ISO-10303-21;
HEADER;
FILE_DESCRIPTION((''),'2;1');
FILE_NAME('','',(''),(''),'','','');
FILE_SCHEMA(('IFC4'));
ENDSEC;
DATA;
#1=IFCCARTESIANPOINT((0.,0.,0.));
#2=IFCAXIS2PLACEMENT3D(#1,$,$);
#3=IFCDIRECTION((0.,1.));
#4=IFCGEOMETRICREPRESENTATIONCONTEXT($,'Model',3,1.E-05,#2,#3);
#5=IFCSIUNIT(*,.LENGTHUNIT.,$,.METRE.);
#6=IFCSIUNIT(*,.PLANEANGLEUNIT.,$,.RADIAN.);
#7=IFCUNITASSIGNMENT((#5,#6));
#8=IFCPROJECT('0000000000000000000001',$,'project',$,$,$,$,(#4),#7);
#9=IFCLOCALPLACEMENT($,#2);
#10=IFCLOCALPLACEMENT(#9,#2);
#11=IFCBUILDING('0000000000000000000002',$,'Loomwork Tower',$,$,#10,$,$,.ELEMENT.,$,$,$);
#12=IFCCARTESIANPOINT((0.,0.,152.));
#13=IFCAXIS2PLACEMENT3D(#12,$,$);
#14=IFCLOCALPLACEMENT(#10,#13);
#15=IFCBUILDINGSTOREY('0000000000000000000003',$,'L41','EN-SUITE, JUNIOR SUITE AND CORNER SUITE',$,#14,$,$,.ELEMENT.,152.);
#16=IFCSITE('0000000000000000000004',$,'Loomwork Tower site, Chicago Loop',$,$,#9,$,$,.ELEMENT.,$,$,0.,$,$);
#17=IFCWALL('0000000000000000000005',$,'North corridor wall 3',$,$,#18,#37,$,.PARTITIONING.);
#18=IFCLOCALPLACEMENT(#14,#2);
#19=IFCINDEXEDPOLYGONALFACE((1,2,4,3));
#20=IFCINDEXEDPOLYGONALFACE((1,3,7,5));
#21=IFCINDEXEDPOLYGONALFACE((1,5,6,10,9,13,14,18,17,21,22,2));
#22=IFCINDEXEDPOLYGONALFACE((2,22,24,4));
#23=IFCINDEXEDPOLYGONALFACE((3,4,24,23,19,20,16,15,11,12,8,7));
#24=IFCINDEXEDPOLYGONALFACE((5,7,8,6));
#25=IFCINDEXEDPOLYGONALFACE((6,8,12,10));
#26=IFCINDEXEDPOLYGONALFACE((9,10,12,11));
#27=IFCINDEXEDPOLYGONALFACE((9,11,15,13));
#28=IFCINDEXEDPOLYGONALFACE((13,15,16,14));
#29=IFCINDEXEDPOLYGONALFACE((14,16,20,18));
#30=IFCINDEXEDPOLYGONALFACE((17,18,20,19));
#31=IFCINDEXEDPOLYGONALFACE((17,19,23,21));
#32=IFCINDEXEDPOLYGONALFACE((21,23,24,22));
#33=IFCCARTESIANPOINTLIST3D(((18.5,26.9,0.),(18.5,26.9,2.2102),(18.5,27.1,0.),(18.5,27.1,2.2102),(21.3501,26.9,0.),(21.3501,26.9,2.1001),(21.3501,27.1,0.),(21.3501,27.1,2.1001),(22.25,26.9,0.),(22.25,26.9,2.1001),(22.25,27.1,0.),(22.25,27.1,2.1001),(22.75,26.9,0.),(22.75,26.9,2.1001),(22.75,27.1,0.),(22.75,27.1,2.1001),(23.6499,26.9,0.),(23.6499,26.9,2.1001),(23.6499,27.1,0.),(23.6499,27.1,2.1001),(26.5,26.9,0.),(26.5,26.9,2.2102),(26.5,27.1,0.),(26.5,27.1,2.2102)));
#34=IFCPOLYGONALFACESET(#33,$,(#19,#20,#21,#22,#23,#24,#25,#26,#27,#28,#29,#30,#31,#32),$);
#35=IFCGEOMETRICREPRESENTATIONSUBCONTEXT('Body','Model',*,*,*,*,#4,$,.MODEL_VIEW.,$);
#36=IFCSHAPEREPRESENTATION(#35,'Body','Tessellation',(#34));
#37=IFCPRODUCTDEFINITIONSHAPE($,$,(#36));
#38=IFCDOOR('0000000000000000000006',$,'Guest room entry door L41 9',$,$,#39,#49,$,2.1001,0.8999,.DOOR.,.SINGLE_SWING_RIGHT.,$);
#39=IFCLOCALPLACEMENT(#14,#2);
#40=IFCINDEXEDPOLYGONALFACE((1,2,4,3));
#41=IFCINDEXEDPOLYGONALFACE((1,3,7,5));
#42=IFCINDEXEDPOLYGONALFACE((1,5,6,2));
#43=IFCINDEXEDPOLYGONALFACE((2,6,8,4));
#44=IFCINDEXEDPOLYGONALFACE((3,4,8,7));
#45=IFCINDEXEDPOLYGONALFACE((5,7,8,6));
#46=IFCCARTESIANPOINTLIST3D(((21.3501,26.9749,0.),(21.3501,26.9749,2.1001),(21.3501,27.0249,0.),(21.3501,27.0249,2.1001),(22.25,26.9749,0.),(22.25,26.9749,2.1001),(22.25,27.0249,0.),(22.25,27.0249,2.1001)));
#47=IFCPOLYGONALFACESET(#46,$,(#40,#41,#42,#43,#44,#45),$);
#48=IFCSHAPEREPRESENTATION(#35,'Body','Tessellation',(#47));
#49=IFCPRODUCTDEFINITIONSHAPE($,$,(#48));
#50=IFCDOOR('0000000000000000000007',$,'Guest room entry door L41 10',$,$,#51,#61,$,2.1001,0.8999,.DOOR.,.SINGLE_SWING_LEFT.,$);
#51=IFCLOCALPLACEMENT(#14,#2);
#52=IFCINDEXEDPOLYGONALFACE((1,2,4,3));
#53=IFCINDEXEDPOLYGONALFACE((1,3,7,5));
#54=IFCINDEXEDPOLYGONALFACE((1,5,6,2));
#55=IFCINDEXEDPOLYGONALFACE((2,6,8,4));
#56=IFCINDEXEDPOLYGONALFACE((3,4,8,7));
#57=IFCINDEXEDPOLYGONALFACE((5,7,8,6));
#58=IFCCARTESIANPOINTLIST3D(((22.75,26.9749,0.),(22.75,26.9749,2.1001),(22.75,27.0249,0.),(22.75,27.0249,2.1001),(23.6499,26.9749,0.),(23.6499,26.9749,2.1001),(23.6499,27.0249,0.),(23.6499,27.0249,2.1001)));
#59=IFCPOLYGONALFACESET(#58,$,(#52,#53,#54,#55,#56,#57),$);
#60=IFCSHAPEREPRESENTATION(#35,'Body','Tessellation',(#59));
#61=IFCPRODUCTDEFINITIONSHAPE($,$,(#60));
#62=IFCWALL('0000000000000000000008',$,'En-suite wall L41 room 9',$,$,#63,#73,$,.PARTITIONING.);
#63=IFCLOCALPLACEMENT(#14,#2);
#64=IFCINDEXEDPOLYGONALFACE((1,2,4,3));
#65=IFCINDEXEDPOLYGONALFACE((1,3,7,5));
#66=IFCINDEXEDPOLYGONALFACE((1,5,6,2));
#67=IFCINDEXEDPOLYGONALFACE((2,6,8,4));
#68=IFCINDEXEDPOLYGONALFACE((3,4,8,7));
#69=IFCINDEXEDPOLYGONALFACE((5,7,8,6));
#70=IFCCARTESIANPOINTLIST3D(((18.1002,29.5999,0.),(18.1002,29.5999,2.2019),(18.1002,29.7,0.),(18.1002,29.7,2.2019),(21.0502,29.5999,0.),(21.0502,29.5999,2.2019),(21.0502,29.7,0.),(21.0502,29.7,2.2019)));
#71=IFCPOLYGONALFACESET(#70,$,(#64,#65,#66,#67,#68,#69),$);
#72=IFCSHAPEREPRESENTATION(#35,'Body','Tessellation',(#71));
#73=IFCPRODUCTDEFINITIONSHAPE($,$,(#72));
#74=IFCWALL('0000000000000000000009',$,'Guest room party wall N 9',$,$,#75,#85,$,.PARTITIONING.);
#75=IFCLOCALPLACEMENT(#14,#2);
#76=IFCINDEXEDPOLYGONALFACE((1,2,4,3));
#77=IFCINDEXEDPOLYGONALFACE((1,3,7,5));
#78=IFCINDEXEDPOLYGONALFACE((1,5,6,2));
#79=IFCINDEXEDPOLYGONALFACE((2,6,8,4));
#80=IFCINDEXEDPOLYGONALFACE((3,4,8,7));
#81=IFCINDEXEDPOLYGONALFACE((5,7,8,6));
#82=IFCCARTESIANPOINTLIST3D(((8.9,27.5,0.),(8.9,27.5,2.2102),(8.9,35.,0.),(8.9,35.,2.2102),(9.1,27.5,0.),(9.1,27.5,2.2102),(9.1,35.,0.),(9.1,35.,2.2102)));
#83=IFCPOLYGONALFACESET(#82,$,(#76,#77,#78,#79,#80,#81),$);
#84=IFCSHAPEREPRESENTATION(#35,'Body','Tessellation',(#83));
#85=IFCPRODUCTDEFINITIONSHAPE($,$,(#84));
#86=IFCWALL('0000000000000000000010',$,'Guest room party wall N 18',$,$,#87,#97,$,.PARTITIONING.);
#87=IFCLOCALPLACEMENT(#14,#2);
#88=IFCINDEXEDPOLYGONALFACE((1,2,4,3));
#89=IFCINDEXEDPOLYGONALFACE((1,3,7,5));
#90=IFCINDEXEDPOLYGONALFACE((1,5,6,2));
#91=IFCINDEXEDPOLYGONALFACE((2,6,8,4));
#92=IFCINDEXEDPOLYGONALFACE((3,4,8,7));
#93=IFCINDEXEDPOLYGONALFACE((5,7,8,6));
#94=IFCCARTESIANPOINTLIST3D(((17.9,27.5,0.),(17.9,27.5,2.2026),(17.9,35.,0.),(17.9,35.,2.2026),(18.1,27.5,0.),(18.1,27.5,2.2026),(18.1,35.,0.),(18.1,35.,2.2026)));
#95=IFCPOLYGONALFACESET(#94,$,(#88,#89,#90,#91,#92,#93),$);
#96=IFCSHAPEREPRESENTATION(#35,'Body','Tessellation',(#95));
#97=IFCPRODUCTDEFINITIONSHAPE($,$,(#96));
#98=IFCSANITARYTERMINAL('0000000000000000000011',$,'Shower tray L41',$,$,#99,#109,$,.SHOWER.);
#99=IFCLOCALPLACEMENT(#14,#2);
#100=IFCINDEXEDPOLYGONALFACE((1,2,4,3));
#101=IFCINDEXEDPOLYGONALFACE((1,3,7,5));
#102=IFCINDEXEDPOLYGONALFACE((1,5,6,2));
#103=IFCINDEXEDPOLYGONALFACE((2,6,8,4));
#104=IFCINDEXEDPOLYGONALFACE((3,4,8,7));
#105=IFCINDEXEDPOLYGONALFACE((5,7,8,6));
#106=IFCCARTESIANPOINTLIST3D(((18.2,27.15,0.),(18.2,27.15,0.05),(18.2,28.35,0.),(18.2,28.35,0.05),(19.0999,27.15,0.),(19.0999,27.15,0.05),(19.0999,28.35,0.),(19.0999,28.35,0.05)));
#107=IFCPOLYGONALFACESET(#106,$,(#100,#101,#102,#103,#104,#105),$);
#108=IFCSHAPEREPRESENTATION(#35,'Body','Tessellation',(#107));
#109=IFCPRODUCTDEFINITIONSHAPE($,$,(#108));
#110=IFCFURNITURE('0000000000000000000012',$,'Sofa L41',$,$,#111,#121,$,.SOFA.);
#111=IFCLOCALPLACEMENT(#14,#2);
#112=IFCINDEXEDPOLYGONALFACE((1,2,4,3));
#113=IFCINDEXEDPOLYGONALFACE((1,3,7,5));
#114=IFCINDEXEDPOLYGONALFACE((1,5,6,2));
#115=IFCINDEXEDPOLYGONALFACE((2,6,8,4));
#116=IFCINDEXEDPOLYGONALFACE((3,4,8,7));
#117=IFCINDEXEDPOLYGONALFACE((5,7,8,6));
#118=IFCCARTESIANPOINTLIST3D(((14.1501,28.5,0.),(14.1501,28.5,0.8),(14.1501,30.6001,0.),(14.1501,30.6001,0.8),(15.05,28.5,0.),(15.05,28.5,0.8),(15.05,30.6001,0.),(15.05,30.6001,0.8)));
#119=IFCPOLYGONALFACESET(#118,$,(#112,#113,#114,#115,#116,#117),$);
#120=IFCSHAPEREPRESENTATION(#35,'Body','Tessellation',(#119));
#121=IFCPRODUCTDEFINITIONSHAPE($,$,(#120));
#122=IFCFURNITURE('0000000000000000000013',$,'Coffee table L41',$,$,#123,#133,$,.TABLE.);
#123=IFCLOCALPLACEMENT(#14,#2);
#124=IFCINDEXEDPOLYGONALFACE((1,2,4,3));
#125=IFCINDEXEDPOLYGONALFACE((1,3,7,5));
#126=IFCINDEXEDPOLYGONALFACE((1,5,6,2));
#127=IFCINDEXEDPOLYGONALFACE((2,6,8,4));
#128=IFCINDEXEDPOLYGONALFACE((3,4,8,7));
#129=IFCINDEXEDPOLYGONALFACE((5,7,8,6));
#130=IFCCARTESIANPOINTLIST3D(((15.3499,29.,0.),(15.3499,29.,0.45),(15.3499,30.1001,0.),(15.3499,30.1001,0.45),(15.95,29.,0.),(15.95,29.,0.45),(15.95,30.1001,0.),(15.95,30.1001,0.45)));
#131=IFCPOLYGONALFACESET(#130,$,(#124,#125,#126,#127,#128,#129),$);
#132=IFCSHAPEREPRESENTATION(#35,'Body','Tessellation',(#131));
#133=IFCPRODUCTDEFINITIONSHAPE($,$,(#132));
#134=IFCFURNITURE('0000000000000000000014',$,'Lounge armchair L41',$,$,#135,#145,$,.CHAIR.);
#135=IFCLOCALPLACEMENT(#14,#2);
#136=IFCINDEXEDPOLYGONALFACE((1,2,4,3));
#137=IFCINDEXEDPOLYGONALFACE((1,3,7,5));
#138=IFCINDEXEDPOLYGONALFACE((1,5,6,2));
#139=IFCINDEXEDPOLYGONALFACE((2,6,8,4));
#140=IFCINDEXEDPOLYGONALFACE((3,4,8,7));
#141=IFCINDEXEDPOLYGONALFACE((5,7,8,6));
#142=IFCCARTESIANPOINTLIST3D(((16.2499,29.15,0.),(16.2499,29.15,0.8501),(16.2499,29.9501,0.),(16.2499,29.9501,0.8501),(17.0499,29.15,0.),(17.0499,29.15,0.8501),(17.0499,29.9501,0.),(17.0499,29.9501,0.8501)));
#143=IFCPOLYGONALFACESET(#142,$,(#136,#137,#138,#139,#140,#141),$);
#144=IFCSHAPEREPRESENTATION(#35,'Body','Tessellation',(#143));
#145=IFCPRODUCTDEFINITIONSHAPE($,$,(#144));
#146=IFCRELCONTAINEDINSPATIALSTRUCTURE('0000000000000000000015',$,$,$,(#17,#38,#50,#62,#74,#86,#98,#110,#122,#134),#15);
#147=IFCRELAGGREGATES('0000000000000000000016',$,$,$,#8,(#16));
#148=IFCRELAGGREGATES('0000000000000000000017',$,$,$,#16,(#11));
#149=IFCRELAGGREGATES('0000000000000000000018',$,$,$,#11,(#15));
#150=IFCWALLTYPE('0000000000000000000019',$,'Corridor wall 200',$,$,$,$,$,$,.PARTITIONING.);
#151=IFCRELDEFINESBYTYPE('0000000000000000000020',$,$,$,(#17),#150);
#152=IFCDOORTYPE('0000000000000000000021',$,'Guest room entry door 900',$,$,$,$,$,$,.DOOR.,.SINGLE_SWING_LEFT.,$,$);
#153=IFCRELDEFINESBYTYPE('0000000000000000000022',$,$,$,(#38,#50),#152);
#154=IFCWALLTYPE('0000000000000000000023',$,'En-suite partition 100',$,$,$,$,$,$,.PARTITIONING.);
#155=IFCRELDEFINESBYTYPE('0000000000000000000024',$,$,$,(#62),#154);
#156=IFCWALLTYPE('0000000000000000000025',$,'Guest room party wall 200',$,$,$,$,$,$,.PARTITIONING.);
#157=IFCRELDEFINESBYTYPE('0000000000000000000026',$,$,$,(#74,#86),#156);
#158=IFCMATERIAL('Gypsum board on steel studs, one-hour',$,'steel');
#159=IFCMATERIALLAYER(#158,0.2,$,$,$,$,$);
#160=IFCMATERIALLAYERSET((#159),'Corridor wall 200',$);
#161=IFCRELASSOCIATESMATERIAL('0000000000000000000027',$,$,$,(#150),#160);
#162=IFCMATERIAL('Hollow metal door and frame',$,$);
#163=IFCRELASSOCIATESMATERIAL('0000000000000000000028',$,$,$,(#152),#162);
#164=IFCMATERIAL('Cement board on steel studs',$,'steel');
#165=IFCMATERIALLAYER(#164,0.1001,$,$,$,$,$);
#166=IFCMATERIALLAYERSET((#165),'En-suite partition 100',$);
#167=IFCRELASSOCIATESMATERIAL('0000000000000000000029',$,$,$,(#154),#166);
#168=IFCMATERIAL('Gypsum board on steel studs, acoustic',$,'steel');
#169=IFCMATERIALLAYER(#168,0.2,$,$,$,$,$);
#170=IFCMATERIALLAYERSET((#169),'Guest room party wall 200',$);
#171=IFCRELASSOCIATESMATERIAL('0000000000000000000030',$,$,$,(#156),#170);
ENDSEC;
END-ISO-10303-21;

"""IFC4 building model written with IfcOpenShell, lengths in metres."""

from ifc_helpers import new_model, si_unit, direction, frame, frame_2d, origin, origin_2d, place, context, subcontext, project, spatial, rectangle, extrude, material, layer, layer_set, type_object, element, fill, save


model = new_model("IFC4")

# Units and contexts
model_context = context("Model", 3, precision=1e-05, world=origin(), true_north=direction((0.0, 1.0)))
body_context = subcontext(model_context, "Body", "Model", "MODEL_VIEW")
ifc_project = project(units=[si_unit("LENGTHUNIT", "METRE"), si_unit("PLANEANGLEUNIT", "RADIAN")], contexts=[model_context])

# Site, building, storey
site_placement = place(None, origin())
site = spatial("IfcSite", under=ifc_project, at=site_placement, Name="Loomwork Tower site, Chicago Loop", CompositionType="ELEMENT", RefElevation=0.0)
building_placement = place(site_placement, origin())
building = spatial("IfcBuilding", under=site, at=building_placement, Name="Loomwork Tower", CompositionType="ELEMENT")
storey_placement = place(building_placement, frame((0.0, 0.0, 152.0)))
storey = spatial("IfcBuildingStorey", under=building, at=storey_placement, Name="L41", Description="EN-SUITE, JUNIOR SUITE AND CORNER SUITE", CompositionType="ELEMENT", Elevation=152.0)

# Shared definitions
ifc_material_1 = material(Name="Gypsum board on steel studs, one-hour", Category="steel")
ifc_layer_1 = layer(ifc_material_1, 0.2)
ifc_layer_set_1 = layer_set([ifc_layer_1], Name="Corridor wall 200")
wall_type_1 = type_object("IfcWallType", Name="Corridor wall 200", PredefinedType="PARTITIONING", material=ifc_layer_set_1)
ifc_material_2 = material(Name="Hollow metal door and frame")
door_type = type_object("IfcDoorType", Name="Guest room entry door 900", OperationType="SINGLE_SWING_LEFT", PredefinedType="DOOR", material=ifc_material_2)

# Wall, openings, doors
wall_1_placement = place(storey_placement, frame((18.5, 27.0, 0.0), z_axis=(0.0, 0.0, 1.0), x_axis=(1.0, 0.0, 0.0)))
wall_1 = element("IfcWall", 1, at=wall_1_placement, inside=storey, type_object=wall_type_1, Name="North corridor wall 3", PredefinedType="PARTITIONING", context=body_context, shape_type="SweptSolid", body=[
    extrude(rectangle(XDim=8.0, YDim=0.2, at=frame_2d((4.0, 0.0))), origin(), (0.0, 0.0, 1.0), 2.2102),
])
opening_1_placement = place(wall_1_placement, frame((2.8501, 0.0, 0.0)))
opening_1 = element("IfcOpeningElement", 2, at=opening_1_placement, cuts=wall_1, PredefinedType="OPENING", context=body_context, shape_type="SweptSolid", body=[
    extrude(rectangle(XDim=0.8999, YDim=2.1001, at=frame_2d((0.45, 1.05))), frame((0.0, 0.1099, 0.0), z_axis=(0.0, -1.0, 0.0), x_axis=(1.0, 0.0, 0.0)), (0.0, 0.0, 1.0), 0.22),
])
opening_2_placement = place(wall_1_placement, frame((4.25, 0.0, 0.0)))
opening_2 = element("IfcOpeningElement", 3, at=opening_2_placement, cuts=wall_1, PredefinedType="OPENING", context=body_context, shape_type="SweptSolid", body=[
    extrude(rectangle(XDim=0.8999, YDim=2.1001, at=frame_2d((0.45, 1.05))), frame((0.0, 0.1099, 0.0), z_axis=(0.0, -1.0, 0.0), x_axis=(1.0, 0.0, 0.0)), (0.0, 0.0, 1.0), 0.22),
])
door_1_placement = place(opening_1_placement, origin())
door_1 = element("IfcDoor", 4, at=door_1_placement, inside=storey, type_object=door_type, Name="Guest room entry door L41 9", OperationType="SINGLE_SWING_RIGHT", OverallHeight=2.1001, OverallWidth=0.8999, PredefinedType="DOOR", context=body_context, shape_type="SweptSolid", body=[
    extrude(rectangle(XDim=0.8999, YDim=2.1001, at=frame_2d((0.45, 1.05))), frame((0.0, 0.0249, 0.0), z_axis=(0.0, -1.0, 0.0), x_axis=(1.0, 0.0, 0.0)), (0.0, 0.0, 1.0), 0.05),
])
fill(opening_1, door_1)
door_2_placement = place(opening_2_placement, origin())
door_2 = element("IfcDoor", 5, at=door_2_placement, inside=storey, type_object=door_type, Name="Guest room entry door L41 10", OperationType="SINGLE_SWING_LEFT", OverallHeight=2.1001, OverallWidth=0.8999, PredefinedType="DOOR", context=body_context, shape_type="SweptSolid", body=[
    extrude(rectangle(XDim=0.8999, YDim=2.1001, at=frame_2d((0.45, 1.05))), frame((0.0, 0.0249, 0.0), z_axis=(0.0, -1.0, 0.0), x_axis=(1.0, 0.0, 0.0)), (0.0, 0.0, 1.0), 0.05),
])
fill(opening_2, door_2)

# Walls
ifc_material_3 = material(Name="Cement board on steel studs", Category="steel")
ifc_layer_2 = layer(ifc_material_3, 0.1001)
ifc_layer_set_2 = layer_set([ifc_layer_2], Name="En-suite partition 100")
wall_type_2 = type_object("IfcWallType", Name="En-suite partition 100", PredefinedType="PARTITIONING", material=ifc_layer_set_2)
wall_2_placement = place(storey_placement, frame((18.1001, 29.6499, 0.0), z_axis=(0.0, 0.0, 1.0), x_axis=(1.0, 0.0, 0.0)))
element("IfcWall", 6, at=wall_2_placement, inside=storey, type_object=wall_type_2, Name="En-suite wall L41 room 9", PredefinedType="PARTITIONING", context=body_context, shape_type="SweptSolid", body=[
    extrude(rectangle(XDim=2.95, YDim=0.1001, at=frame_2d((1.4751, 0.0))), origin(), (0.0, 0.0, 1.0), 2.2019),
])
ifc_material_4 = material(Name="Gypsum board on steel studs, acoustic", Category="steel")
ifc_layer_3 = layer(ifc_material_4, 0.2)
ifc_layer_set_3 = layer_set([ifc_layer_3], Name="Guest room party wall 200")
wall_type_3 = type_object("IfcWallType", Name="Guest room party wall 200", PredefinedType="PARTITIONING", material=ifc_layer_set_3)
wall_3_placement = place(storey_placement, frame((9.0, 27.5, 0.0), z_axis=(0.0, 0.0, 1.0), x_axis=(0.0, 1.0, 0.0)))
element("IfcWall", 7, at=wall_3_placement, inside=storey, type_object=wall_type_3, Name="Guest room party wall N 9", PredefinedType="PARTITIONING", context=body_context, shape_type="SweptSolid", body=[
    extrude(rectangle(XDim=7.5, YDim=0.2, at=frame_2d((3.75, 0.0))), origin(), (0.0, 0.0, 1.0), 2.2102),
])
wall_4_placement = place(storey_placement, frame((18.0, 27.5, 0.0), z_axis=(0.0, 0.0, 1.0), x_axis=(0.0, 1.0, 0.0)))
element("IfcWall", 8, at=wall_4_placement, inside=storey, type_object=wall_type_3, Name="Guest room party wall N 18", PredefinedType="PARTITIONING", context=body_context, shape_type="SweptSolid", body=[
    extrude(rectangle(XDim=7.5, YDim=0.2, at=frame_2d((3.75, 0.0))), origin(), (0.0, 0.0, 1.0), 2.2026),
])

# Sanitary terminal
sanitary_terminal_placement = place(storey_placement, frame((18.6499, 27.75, 0.0), z_axis=(0.0, 0.0, 1.0), x_axis=(1.0, 0.0, 0.0)))
element("IfcSanitaryTerminal", 9, at=sanitary_terminal_placement, inside=storey, Name="Shower tray L41", PredefinedType="SHOWER", context=body_context, shape_type="SweptSolid", body=[
    extrude(rectangle(XDim=0.8999, YDim=1.2, at=origin_2d()), origin(), (0.0, 0.0, 1.0), 0.05),
])

# Furniture
furniture_1_placement = place(storey_placement, frame((14.6001, 29.55, 0.0), z_axis=(0.0, 0.0, 1.0), x_axis=(1.0, 0.0, 0.0)))
element("IfcFurniture", 10, at=furniture_1_placement, inside=storey, Name="Sofa L41", PredefinedType="SOFA", context=body_context, shape_type="SweptSolid", body=[
    extrude(rectangle(XDim=0.8999, YDim=2.1001, at=origin_2d()), origin(), (0.0, 0.0, 1.0), 0.8),
])
furniture_2_placement = place(storey_placement, frame((15.6499, 29.55, 0.0), z_axis=(0.0, 0.0, 1.0), x_axis=(1.0, 0.0, 0.0)))
element("IfcFurniture", 11, at=furniture_2_placement, inside=storey, Name="Coffee table L41", PredefinedType="TABLE", context=body_context, shape_type="SweptSolid", body=[
    extrude(rectangle(XDim=0.6001, YDim=1.1001, at=origin_2d()), origin(), (0.0, 0.0, 1.0), 0.45),
])
furniture_3_placement = place(storey_placement, frame((16.6499, 29.55, 0.0), z_axis=(0.0, 0.0, 1.0), x_axis=(1.0, 0.0, 0.0)))
element("IfcFurniture", 12, at=furniture_3_placement, inside=storey, Name="Lounge armchair L41", PredefinedType="CHAIR", context=body_context, shape_type="SweptSolid", body=[
    extrude(rectangle(XDim=0.8, YDim=0.8, at=origin_2d()), origin(), (0.0, 0.0, 1.0), 0.8501),
])

save(model, "model.ifc")
